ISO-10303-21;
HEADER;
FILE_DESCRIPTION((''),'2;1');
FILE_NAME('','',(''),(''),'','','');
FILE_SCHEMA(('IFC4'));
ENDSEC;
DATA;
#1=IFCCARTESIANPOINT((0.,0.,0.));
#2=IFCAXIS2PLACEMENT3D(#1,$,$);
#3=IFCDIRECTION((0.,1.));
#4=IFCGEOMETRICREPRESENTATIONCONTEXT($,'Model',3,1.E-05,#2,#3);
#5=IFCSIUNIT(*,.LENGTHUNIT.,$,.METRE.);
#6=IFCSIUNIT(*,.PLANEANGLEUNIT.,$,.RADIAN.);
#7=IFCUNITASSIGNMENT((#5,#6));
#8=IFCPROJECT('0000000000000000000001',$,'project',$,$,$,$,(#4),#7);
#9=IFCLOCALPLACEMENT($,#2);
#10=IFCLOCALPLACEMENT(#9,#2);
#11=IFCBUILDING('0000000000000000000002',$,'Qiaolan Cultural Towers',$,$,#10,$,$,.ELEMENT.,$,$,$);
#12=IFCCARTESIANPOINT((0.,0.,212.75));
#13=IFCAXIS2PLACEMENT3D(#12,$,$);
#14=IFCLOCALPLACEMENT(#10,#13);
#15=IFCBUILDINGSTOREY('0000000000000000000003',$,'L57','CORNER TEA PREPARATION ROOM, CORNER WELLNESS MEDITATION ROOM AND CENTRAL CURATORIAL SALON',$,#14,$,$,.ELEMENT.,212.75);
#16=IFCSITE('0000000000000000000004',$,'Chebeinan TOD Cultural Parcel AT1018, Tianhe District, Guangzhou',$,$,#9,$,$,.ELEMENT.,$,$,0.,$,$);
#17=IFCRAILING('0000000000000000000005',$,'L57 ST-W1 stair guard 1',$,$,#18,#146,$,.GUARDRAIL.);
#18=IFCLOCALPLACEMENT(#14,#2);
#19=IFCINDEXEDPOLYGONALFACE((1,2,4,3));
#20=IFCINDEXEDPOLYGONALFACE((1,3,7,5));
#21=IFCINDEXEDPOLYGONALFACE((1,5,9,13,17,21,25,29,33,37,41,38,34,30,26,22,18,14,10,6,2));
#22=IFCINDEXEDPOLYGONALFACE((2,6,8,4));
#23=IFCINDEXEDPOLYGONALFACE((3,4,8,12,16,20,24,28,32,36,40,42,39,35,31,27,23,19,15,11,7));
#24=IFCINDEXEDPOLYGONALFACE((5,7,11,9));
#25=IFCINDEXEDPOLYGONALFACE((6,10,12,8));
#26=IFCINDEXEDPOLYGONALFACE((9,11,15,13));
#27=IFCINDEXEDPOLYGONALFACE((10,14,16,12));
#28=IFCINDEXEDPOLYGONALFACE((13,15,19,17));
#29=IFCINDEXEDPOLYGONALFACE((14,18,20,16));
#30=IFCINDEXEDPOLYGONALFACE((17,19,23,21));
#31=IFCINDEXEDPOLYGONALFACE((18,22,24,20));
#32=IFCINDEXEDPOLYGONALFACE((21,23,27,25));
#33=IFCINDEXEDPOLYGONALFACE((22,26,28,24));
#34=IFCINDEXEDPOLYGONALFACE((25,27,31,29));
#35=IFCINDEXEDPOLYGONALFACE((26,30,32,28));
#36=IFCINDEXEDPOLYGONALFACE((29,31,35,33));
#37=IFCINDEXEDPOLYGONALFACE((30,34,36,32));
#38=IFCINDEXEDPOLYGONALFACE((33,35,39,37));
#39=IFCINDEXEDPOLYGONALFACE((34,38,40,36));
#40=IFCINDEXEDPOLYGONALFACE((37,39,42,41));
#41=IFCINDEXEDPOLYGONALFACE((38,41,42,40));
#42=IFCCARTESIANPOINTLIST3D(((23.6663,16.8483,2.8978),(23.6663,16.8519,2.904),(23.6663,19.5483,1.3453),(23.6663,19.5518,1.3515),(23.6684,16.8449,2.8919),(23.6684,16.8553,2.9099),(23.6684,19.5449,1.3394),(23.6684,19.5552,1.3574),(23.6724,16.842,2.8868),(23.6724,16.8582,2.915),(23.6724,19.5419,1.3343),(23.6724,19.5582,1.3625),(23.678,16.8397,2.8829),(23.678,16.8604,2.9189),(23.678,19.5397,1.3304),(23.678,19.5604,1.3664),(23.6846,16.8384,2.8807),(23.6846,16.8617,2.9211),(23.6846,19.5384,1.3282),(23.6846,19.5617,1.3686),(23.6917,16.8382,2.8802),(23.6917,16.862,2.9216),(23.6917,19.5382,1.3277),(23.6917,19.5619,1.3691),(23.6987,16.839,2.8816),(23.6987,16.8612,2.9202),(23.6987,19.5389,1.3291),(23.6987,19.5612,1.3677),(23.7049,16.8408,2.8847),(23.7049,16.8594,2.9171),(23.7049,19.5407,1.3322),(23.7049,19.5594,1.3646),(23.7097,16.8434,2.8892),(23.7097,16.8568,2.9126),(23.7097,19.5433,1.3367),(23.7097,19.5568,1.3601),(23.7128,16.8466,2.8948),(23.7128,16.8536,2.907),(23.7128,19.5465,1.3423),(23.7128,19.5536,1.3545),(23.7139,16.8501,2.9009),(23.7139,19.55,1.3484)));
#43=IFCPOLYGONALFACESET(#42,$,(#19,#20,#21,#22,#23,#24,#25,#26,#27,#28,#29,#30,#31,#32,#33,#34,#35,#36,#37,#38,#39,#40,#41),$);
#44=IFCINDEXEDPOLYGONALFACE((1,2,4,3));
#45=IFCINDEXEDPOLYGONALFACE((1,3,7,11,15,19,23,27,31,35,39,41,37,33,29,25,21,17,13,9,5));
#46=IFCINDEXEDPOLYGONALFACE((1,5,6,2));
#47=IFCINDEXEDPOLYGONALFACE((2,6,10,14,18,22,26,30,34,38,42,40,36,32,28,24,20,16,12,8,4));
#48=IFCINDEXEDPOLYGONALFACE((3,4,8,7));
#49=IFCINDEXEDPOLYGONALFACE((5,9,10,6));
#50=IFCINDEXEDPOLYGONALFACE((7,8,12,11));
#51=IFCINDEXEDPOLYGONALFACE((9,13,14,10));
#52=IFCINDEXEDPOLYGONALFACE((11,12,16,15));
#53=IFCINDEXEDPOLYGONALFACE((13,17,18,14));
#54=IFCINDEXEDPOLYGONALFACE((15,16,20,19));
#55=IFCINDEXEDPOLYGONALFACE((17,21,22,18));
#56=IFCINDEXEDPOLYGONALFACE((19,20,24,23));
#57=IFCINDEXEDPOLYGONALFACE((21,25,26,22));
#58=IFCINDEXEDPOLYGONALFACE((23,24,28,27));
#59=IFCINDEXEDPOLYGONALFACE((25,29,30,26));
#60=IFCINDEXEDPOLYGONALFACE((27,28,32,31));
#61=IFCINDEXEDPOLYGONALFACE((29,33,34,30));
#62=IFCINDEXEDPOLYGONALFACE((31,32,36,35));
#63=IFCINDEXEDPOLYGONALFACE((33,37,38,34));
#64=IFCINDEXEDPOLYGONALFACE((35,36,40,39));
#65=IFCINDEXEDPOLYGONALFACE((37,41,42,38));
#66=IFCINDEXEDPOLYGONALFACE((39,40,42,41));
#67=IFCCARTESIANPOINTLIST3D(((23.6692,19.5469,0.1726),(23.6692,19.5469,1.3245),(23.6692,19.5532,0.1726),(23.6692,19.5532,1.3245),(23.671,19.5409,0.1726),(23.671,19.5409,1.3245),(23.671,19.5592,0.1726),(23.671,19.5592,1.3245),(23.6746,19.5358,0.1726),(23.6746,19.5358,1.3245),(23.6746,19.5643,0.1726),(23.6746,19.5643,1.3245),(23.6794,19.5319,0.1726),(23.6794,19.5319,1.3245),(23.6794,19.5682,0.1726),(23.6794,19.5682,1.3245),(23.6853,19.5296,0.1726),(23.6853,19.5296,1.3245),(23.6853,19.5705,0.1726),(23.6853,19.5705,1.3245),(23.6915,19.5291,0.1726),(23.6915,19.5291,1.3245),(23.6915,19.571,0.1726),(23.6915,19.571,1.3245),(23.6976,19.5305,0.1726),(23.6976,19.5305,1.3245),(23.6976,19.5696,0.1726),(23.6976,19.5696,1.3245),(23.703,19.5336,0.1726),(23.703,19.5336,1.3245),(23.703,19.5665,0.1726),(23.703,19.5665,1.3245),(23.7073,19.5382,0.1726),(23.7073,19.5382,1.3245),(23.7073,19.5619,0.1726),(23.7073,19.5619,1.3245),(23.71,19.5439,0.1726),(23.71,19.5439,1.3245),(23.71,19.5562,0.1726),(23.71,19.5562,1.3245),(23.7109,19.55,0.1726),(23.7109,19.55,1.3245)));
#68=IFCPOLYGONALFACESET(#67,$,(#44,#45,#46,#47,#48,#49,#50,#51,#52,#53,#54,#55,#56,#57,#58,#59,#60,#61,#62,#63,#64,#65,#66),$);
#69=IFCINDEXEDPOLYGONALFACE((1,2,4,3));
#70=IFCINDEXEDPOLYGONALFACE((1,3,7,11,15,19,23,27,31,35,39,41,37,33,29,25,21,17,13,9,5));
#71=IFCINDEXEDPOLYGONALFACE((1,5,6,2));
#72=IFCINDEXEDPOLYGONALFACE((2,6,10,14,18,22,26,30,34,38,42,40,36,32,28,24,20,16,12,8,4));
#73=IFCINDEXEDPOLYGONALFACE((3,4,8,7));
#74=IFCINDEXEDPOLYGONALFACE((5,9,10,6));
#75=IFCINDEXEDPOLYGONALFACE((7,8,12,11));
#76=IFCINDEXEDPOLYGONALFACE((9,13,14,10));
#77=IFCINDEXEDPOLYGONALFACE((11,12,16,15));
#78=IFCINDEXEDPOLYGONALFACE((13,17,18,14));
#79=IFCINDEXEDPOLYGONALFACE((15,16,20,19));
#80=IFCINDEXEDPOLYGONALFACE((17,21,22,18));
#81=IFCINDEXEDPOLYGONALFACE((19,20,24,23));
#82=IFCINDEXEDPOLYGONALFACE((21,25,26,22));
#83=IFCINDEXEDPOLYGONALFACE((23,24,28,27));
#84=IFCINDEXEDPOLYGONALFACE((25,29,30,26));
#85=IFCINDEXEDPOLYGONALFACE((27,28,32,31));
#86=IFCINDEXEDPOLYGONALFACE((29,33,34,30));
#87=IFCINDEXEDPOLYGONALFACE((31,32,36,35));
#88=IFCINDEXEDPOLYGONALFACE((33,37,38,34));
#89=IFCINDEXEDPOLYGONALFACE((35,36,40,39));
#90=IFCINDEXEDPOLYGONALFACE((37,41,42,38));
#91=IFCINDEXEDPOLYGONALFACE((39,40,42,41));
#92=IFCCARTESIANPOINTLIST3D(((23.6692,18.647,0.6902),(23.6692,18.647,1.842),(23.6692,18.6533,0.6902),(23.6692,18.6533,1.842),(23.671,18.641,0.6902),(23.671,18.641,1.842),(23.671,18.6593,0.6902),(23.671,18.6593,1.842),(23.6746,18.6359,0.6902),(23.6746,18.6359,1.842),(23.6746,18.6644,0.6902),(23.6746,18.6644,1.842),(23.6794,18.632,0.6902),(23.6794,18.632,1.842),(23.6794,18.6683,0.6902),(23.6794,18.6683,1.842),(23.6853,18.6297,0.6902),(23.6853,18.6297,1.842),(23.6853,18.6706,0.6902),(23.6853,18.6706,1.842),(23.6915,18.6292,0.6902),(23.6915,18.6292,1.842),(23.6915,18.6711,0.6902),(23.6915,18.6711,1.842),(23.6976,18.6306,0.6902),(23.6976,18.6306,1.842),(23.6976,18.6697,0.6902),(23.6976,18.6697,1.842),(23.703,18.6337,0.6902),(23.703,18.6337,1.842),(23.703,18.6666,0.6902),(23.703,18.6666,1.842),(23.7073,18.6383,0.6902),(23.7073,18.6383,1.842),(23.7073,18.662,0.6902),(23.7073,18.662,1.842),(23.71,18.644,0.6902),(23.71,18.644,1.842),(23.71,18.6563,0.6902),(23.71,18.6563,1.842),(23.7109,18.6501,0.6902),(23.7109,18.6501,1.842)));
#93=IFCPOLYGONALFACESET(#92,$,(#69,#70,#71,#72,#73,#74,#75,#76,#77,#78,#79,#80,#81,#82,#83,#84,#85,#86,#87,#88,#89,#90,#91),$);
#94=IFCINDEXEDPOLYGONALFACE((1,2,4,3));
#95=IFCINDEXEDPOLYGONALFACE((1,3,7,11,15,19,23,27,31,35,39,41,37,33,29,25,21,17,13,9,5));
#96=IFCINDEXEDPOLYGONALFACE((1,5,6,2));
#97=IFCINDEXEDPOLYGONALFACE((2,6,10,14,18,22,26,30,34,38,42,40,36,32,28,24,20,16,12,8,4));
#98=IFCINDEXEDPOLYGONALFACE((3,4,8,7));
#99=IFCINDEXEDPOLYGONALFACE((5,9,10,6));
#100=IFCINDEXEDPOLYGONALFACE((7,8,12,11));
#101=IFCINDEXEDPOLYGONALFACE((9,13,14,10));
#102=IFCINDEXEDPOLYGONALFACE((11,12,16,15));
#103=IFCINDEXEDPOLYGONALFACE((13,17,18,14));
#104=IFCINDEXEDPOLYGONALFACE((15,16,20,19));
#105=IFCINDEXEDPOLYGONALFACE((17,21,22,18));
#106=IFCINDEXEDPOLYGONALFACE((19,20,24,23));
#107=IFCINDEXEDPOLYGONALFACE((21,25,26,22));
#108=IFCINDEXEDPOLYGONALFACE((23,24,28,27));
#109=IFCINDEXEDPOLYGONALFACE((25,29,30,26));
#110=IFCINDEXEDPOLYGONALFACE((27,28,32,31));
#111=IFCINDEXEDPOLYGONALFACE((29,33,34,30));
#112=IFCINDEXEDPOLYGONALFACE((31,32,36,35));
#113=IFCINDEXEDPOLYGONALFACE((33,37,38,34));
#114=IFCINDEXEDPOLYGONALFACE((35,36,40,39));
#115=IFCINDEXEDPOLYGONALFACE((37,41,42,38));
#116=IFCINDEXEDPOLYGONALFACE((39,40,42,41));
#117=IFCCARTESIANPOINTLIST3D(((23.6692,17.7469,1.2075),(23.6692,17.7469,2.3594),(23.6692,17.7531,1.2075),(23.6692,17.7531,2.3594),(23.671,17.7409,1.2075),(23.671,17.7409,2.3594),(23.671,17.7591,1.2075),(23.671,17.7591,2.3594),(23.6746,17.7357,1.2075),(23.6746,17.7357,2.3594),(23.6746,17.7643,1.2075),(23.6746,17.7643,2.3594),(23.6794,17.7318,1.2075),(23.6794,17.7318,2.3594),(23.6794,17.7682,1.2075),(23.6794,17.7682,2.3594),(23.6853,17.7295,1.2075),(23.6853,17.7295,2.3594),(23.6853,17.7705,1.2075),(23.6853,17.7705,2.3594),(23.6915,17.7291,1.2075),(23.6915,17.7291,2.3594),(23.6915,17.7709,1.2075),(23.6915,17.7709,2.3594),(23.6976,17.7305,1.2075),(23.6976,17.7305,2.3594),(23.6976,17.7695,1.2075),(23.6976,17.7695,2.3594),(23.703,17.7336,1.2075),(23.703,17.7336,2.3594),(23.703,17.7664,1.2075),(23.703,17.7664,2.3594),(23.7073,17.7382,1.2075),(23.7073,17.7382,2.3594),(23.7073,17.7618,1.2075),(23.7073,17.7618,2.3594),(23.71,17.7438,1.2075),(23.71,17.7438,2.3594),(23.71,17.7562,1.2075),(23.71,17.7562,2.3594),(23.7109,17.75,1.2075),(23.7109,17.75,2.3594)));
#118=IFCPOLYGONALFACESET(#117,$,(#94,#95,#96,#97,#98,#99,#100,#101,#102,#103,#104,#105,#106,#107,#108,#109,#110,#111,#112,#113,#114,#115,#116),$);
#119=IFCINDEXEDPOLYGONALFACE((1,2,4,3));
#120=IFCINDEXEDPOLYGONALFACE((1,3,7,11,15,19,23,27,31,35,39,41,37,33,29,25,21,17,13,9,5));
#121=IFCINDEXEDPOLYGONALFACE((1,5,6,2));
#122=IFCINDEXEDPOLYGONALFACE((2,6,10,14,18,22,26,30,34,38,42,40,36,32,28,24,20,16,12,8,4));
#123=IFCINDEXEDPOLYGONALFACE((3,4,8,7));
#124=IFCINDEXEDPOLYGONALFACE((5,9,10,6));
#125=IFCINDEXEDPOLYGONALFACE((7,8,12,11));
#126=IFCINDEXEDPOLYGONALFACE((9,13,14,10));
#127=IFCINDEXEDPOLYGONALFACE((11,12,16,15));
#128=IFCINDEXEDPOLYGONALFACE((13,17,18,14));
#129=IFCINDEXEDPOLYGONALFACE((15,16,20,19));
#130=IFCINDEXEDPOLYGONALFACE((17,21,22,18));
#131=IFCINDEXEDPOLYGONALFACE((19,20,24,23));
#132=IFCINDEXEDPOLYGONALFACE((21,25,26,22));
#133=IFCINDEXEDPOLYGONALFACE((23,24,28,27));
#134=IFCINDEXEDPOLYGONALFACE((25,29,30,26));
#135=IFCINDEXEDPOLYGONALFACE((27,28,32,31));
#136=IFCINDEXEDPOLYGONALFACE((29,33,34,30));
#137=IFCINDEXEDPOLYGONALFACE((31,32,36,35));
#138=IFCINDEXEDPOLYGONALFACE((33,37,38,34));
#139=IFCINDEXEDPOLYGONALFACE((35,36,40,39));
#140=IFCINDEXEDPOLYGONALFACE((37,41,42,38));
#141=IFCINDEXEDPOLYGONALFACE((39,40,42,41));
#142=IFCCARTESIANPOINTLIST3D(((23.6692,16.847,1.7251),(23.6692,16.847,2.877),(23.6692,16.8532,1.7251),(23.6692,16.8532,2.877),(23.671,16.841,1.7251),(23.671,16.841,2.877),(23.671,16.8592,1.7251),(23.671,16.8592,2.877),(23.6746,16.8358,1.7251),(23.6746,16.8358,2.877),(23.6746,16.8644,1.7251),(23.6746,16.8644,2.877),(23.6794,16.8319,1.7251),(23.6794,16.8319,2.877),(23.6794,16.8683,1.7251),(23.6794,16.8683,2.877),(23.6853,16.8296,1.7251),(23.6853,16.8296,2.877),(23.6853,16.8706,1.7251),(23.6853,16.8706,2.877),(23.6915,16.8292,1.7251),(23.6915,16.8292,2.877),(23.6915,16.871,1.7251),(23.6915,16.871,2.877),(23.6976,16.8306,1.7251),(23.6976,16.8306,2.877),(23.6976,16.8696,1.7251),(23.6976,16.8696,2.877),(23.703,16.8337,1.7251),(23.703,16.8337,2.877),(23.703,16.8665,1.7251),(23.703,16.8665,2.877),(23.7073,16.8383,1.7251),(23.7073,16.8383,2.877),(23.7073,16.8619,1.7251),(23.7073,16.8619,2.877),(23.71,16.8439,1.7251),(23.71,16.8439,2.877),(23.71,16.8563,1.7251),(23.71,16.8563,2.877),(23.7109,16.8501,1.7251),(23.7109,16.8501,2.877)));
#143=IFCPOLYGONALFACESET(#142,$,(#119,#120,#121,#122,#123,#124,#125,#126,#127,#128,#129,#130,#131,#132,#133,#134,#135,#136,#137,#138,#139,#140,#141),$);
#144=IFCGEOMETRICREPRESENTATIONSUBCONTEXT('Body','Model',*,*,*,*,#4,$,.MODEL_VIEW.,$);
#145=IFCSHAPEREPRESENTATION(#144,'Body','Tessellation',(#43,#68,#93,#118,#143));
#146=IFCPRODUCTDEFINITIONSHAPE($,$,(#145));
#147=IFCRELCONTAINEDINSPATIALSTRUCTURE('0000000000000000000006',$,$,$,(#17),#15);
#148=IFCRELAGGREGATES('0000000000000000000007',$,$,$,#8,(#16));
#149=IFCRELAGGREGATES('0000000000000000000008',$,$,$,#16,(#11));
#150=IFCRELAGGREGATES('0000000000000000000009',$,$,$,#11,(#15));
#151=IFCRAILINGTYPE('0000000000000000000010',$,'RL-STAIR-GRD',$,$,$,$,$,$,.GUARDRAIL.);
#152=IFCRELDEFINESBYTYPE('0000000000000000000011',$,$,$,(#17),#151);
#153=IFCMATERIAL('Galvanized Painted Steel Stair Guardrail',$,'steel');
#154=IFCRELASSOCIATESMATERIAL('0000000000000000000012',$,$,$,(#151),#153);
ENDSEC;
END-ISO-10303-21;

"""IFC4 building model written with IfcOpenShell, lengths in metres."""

from ifc_helpers import new_model, si_unit, direction, frame, origin, origin_2d, place, context, subcontext, project, spatial, circle, extrude, material, type_object, element, save


model = new_model("IFC4")

# Units and contexts
model_context = context("Model", 3, precision=1e-05, world=origin(), true_north=direction((0.0, 1.0)))
body_context = subcontext(model_context, "Body", "Model", "MODEL_VIEW")
ifc_project = project(units=[si_unit("LENGTHUNIT", "METRE"), si_unit("PLANEANGLEUNIT", "RADIAN")], contexts=[model_context])

# Site, building, storey
site_placement = place(None, origin())
site = spatial("IfcSite", under=ifc_project, at=site_placement, Name="Chebeinan TOD Cultural Parcel AT1018, Tianhe District, Guangzhou", CompositionType="ELEMENT", RefElevation=0.0)
building_placement = place(site_placement, origin())
building = spatial("IfcBuilding", under=site, at=building_placement, Name="Qiaolan Cultural Towers", CompositionType="ELEMENT")
storey_placement = place(building_placement, frame((0.0, 0.0, 212.75)))
storey = spatial("IfcBuildingStorey", under=building, at=storey_placement, Name="L57", Description="CORNER TEA PREPARATION ROOM, CORNER WELLNESS MEDITATION ROOM AND CENTRAL CURATORIAL SALON", CompositionType="ELEMENT", Elevation=212.75)

# Railing
ifc_material_1 = material(Name="Galvanized Painted Steel Stair Guardrail", Category="steel")
railing_type_1 = type_object("IfcRailingType", Name="RL-STAIR-GRD", PredefinedType="GUARDRAIL", material=ifc_material_1)
railing_1_placement = place(storey_placement, frame((23.6899, 19.55, 0.1726)))
element("IfcRailing", 1, at=railing_1_placement, inside=storey, type_object=railing_type_1, Name="L57 ST-W1 stair guard 1", PredefinedType="GUARDRAIL", context=body_context, shape_type="SweptSolid", body=[
    extrude(circle(Radius=0.0239, at=origin_2d()), frame((0.0, 0.0, 1.1758), z_axis=(0.0, -0.866904, 0.498476), x_axis=(1.0, 0.0, 0.0)), (0.0, 0.0, 1.0), 3.1145),
    extrude(circle(Radius=0.021, at=origin_2d()), origin(), (0.0, 0.0, 1.0), 1.1519),
    extrude(circle(Radius=0.021, at=origin_2d()), frame((0.0, -0.8999, 0.5176)), (0.0, 0.0, 1.0), 1.1519),
    extrude(circle(Radius=0.021, at=origin_2d()), frame((0.0, -1.8, 1.0349)), (0.0, 0.0, 1.0), 1.1519),
    extrude(circle(Radius=0.021, at=origin_2d()), frame((0.0, -2.7, 1.5525)), (0.0, 0.0, 1.0), 1.1519),
])

save(model, "model.ifc")
